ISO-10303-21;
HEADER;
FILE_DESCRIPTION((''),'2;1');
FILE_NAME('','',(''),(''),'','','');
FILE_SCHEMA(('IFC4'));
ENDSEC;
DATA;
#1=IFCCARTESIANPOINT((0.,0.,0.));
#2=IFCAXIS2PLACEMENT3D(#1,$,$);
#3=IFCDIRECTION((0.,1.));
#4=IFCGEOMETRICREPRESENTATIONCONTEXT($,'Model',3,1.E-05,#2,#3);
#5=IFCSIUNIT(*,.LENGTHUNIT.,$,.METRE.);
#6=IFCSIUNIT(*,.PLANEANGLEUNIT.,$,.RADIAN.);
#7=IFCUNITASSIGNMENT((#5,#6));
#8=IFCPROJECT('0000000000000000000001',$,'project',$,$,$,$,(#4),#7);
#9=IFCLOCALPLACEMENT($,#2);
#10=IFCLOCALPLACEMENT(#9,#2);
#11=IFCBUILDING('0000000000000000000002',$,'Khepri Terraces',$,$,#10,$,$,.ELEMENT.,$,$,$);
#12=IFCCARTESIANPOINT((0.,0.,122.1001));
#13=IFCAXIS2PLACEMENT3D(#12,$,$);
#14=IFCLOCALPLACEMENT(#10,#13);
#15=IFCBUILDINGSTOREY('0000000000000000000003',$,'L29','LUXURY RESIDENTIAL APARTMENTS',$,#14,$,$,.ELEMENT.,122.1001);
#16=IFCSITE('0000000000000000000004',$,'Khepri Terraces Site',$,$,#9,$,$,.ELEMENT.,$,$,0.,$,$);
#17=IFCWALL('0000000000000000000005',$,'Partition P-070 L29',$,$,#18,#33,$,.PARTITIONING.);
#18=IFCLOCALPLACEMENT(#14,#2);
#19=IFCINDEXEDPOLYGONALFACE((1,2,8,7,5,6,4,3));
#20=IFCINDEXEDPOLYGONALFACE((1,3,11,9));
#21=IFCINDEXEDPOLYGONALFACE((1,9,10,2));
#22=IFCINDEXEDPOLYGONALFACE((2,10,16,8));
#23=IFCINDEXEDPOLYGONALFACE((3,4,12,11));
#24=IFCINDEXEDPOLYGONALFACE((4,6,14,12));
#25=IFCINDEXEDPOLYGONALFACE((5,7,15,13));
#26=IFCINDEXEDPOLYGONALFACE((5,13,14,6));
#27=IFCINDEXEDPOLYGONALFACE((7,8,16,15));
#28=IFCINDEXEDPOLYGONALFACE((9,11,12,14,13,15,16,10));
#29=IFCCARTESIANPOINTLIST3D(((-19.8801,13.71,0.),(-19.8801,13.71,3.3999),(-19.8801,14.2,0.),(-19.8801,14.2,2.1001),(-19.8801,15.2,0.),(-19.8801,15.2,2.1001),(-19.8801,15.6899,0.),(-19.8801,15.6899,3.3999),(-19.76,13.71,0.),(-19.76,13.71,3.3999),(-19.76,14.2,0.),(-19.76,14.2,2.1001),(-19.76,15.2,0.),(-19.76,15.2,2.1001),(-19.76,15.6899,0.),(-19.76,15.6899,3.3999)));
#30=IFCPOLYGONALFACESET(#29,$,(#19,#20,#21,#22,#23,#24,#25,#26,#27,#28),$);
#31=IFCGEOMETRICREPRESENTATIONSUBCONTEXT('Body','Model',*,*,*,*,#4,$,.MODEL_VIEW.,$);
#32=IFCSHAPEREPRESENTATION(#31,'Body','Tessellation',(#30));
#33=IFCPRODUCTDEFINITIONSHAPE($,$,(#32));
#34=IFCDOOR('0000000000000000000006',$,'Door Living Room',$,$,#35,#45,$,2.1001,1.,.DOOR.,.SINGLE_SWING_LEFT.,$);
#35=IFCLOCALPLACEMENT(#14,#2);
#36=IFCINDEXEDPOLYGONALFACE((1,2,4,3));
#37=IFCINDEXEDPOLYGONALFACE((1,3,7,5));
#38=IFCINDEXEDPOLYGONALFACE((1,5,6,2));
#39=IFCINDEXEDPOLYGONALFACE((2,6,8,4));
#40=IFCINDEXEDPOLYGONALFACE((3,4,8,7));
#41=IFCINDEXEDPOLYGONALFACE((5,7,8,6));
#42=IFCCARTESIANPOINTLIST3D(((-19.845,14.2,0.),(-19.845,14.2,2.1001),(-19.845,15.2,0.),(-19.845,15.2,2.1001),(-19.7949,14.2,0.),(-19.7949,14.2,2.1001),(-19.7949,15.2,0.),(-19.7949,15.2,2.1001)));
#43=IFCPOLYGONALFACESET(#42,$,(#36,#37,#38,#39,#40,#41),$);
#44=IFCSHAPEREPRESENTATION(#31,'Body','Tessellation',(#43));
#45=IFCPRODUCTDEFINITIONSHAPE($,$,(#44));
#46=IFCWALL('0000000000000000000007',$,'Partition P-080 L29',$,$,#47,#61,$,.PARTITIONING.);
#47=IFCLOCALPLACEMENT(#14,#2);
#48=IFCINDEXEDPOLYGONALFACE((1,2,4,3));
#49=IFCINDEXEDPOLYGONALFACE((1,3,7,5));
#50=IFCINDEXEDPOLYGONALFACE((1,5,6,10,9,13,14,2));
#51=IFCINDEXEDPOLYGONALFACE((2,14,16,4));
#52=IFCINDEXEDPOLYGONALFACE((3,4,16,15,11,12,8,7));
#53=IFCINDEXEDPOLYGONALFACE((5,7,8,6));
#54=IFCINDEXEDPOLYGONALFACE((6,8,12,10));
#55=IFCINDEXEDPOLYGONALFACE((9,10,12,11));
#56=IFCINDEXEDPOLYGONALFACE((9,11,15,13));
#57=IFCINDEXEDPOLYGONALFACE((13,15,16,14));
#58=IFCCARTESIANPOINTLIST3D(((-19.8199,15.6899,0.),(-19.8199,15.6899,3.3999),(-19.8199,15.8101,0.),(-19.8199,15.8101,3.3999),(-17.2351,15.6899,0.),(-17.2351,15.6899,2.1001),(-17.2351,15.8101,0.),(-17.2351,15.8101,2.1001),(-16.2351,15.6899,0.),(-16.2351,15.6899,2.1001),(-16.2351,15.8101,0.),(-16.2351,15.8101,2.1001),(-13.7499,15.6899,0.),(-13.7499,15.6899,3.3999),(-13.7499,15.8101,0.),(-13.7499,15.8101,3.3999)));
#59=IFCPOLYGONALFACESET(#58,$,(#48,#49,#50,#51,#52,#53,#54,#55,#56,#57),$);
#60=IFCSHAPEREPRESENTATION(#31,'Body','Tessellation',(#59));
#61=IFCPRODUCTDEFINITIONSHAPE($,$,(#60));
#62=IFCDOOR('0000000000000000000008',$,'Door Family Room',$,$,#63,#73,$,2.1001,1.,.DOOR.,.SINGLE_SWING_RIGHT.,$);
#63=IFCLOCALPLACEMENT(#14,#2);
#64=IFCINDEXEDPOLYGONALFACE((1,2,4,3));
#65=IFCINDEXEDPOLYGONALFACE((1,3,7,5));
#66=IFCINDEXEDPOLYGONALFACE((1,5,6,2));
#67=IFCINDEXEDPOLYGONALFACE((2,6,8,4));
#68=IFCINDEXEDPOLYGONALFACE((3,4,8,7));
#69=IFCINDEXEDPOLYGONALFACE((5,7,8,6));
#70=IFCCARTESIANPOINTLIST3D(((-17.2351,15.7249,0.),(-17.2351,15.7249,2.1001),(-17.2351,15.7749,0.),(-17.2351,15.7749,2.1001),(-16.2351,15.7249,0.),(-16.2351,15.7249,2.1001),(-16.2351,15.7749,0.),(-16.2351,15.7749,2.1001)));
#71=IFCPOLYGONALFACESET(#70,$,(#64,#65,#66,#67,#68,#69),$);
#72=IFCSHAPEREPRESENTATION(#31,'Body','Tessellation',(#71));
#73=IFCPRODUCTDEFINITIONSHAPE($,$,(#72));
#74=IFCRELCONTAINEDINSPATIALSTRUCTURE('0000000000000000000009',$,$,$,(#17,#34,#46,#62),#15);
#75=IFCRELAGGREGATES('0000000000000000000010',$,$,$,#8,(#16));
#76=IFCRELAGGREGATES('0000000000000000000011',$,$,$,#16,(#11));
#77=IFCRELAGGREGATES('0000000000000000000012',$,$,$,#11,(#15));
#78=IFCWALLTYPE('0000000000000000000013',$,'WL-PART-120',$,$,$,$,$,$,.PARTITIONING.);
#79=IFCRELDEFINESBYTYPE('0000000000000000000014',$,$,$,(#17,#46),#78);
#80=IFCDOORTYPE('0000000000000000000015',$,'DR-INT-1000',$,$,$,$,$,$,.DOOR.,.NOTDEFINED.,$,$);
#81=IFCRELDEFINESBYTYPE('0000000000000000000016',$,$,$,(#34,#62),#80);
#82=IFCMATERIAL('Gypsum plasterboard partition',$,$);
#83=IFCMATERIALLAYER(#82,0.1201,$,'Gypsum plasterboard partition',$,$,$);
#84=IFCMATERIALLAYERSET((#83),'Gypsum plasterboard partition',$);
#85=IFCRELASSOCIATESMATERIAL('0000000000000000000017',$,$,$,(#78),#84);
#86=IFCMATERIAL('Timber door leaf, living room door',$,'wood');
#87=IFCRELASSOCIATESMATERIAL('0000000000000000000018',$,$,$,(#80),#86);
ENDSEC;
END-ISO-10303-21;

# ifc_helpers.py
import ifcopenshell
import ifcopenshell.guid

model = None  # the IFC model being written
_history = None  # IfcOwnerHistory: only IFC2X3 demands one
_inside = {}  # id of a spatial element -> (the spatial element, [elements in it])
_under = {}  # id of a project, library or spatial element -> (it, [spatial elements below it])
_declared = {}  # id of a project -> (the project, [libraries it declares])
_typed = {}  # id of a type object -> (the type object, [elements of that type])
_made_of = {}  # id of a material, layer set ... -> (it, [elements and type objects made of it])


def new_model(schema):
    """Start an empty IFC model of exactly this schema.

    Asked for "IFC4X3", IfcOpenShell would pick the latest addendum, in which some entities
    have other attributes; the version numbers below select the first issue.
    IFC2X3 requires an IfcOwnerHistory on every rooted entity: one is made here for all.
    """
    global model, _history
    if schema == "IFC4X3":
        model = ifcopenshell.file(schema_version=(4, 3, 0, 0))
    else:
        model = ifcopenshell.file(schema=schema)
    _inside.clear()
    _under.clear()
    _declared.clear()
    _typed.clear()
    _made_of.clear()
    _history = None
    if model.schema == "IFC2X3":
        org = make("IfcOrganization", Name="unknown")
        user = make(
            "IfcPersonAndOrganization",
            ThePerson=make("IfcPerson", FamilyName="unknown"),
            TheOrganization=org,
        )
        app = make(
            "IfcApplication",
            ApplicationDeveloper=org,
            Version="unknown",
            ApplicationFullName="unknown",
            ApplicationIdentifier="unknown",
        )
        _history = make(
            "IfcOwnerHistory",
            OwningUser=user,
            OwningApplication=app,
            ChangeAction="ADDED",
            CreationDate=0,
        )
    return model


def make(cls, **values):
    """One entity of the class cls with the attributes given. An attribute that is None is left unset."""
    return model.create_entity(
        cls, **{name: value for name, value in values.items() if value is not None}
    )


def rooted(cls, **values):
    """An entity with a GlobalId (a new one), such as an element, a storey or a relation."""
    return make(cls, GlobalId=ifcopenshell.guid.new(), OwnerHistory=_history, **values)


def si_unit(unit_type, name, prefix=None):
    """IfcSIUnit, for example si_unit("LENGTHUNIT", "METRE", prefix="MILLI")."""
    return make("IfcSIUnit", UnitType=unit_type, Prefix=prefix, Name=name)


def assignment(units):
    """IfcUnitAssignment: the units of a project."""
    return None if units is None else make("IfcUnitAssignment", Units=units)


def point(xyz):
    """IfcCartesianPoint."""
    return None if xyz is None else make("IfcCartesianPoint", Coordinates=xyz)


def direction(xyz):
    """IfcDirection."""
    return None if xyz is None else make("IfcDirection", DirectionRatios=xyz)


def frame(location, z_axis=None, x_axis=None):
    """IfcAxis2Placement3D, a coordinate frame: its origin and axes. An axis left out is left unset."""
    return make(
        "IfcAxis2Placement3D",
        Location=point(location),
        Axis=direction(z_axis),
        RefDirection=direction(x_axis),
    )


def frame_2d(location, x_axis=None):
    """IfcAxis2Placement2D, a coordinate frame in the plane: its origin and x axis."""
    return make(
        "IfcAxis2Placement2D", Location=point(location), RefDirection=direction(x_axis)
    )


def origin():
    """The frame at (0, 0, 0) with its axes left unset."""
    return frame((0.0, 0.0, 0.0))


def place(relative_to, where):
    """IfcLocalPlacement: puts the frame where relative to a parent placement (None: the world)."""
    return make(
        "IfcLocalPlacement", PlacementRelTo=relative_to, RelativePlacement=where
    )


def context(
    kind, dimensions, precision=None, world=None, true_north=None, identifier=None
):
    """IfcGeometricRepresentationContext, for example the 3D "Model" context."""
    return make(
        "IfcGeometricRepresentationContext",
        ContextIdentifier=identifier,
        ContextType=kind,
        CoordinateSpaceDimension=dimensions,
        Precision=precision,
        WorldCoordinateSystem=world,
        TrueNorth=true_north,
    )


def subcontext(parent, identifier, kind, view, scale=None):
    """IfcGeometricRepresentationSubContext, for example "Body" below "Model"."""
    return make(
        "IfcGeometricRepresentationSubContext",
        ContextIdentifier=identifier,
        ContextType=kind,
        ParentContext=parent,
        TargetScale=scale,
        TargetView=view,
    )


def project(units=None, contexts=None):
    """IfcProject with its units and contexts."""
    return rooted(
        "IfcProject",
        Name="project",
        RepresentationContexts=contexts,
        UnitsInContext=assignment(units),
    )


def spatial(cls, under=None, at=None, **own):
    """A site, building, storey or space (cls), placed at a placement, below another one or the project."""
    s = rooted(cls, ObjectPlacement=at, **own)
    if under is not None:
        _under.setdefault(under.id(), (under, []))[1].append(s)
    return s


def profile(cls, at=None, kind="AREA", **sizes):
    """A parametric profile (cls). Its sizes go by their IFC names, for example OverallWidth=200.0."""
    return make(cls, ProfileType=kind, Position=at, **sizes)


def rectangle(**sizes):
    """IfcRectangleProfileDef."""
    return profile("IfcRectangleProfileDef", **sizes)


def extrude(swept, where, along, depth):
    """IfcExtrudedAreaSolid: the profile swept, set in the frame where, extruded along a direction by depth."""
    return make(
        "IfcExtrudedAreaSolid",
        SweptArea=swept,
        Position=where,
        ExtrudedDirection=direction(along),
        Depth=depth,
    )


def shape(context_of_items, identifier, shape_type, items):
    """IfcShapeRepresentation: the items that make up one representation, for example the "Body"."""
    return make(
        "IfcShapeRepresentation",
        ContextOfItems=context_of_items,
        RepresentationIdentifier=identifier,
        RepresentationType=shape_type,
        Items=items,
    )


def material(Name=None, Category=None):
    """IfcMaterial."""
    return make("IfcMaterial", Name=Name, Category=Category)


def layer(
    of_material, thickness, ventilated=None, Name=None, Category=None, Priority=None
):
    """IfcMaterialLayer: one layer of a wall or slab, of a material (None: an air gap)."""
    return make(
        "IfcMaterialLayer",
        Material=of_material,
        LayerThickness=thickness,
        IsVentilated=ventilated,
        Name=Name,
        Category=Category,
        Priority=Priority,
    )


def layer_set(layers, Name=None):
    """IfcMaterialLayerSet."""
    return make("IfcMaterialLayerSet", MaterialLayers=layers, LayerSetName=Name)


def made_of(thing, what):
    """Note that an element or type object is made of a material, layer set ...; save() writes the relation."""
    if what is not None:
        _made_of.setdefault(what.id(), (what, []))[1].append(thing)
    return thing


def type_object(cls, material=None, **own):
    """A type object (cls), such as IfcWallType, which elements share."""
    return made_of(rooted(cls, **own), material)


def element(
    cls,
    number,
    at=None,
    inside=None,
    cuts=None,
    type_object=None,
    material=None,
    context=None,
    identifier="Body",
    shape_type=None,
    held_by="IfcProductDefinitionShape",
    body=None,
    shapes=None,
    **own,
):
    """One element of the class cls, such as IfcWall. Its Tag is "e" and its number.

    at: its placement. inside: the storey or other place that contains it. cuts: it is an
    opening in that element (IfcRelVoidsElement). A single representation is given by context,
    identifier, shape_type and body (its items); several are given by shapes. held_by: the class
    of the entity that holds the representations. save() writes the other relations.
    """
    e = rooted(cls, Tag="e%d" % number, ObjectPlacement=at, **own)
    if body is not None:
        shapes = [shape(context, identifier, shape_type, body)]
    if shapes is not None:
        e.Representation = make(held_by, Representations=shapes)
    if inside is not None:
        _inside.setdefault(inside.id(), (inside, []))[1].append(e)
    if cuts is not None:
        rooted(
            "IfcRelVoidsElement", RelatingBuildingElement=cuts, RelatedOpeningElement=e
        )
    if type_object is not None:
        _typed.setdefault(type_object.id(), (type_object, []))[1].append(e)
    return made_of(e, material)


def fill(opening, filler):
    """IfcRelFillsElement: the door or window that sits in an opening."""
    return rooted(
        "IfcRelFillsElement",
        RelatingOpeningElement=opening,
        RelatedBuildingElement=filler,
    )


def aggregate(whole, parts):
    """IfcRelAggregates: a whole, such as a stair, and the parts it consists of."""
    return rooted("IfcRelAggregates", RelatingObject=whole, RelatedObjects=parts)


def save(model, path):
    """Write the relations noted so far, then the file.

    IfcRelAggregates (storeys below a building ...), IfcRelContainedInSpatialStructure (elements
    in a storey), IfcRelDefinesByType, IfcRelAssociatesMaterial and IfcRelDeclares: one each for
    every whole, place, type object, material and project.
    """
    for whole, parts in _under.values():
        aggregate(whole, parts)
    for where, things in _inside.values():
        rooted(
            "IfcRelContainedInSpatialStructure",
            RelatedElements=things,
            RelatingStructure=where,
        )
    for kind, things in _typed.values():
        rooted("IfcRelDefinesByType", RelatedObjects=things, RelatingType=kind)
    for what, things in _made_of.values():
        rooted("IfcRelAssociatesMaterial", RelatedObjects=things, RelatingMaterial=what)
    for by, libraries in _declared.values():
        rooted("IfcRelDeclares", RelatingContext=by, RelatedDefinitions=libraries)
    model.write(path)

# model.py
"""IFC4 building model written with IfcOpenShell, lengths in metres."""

from ifc_helpers import new_model, si_unit, direction, frame, frame_2d, origin, place, context, subcontext, project, spatial, rectangle, extrude, material, layer, layer_set, type_object, element, fill, save


model = new_model("IFC4")

# Units and contexts
model_context = context("Model", 3, precision=1e-05, world=origin(), true_north=direction((0.0, 1.0)))
body_context = subcontext(model_context, "Body", "Model", "MODEL_VIEW")
ifc_project = project(units=[si_unit("LENGTHUNIT", "METRE"), si_unit("PLANEANGLEUNIT", "RADIAN")], contexts=[model_context])

# Site, building, storey
site_placement = place(None, origin())
site = spatial("IfcSite", under=ifc_project, at=site_placement, Name="Khepri Terraces Site", CompositionType="ELEMENT", RefElevation=0.0)
building_placement = place(site_placement, origin())
building = spatial("IfcBuilding", under=site, at=building_placement, Name="Khepri Terraces", CompositionType="ELEMENT")
storey_placement = place(building_placement, frame((0.0, 0.0, 122.1001)))
storey = spatial("IfcBuildingStorey", under=building, at=storey_placement, Name="L29", Description="LUXURY RESIDENTIAL APARTMENTS", CompositionType="ELEMENT", Elevation=122.1001)

# Shared definitions
ifc_material_1 = material(Name="Gypsum plasterboard partition")
ifc_layer_1 = layer(ifc_material_1, 0.1201, Name="Gypsum plasterboard partition")
ifc_layer_set_1 = layer_set([ifc_layer_1], Name="Gypsum plasterboard partition")
wall_type_1 = type_object("IfcWallType", Name="WL-PART-120", PredefinedType="PARTITIONING", material=ifc_layer_set_1)

# Walls, openings, doors
wall_1_placement = place(storey_placement, frame((-19.8201, 13.71, 0.0), z_axis=(0.0, 0.0, 1.0), x_axis=(0.0, 1.0, 0.0)))
wall_1 = element("IfcWall", 1, at=wall_1_placement, inside=storey, type_object=wall_type_1, Name="Partition P-070 L29", PredefinedType="PARTITIONING", context=body_context, shape_type="SweptSolid", body=[
    extrude(rectangle(XDim=1.98, YDim=0.1201, at=frame_2d((0.99, 0.0))), origin(), (0.0, 0.0, 1.0), 3.3999),
])
opening_1_placement = place(wall_1_placement, frame((0.49, 0.0, 0.0)))
opening_1 = element("IfcOpeningElement", 2, at=opening_1_placement, cuts=wall_1, PredefinedType="OPENING", context=body_context, shape_type="SweptSolid", body=[
    extrude(rectangle(XDim=1.0, YDim=2.1001, at=frame_2d((0.5, 1.05))), frame((0.0, 0.0701, 0.0), z_axis=(0.0, -1.0, 0.0), x_axis=(1.0, 0.0, 0.0)), (0.0, 0.0, 1.0), 0.1401),
])
ifc_material_2 = material(Name="Timber door leaf, living room door", Category="wood")
door_type_1 = type_object("IfcDoorType", Name="DR-INT-1000", OperationType="NOTDEFINED", PredefinedType="DOOR", material=ifc_material_2)
door_1_placement = place(opening_1_placement, origin())
door_1 = element("IfcDoor", 3, at=door_1_placement, inside=storey, type_object=door_type_1, Name="Door Living Room", OperationType="SINGLE_SWING_LEFT", OverallHeight=2.1001, OverallWidth=1.0, PredefinedType="DOOR", context=body_context, shape_type="SweptSolid", body=[
    extrude(rectangle(XDim=1.0, YDim=2.1001, at=frame_2d((0.5, 1.05))), frame((0.0, 0.0249, 0.0), z_axis=(0.0, -1.0, 0.0), x_axis=(1.0, 0.0, 0.0)), (0.0, 0.0, 1.0), 0.05),
])
fill(opening_1, door_1)
wall_2_placement = place(storey_placement, frame((-19.8201, 15.75, 0.0), z_axis=(0.0, 0.0, 1.0), x_axis=(1.0, 0.0, 0.0)))
wall_2 = element("IfcWall", 4, at=wall_2_placement, inside=storey, type_object=wall_type_1, Name="Partition P-080 L29", PredefinedType="PARTITIONING", context=body_context, shape_type="SweptSolid", body=[
    extrude(rectangle(XDim=6.0701, YDim=0.1201, at=frame_2d((3.0352, 0.0))), origin(), (0.0, 0.0, 1.0), 3.3999),
])
opening_2_placement = place(wall_2_placement, frame((2.585, 0.0, 0.0)))
opening_2 = element("IfcOpeningElement", 5, at=opening_2_placement, cuts=wall_2, PredefinedType="OPENING", context=body_context, shape_type="SweptSolid", body=[
    extrude(rectangle(XDim=1.0, YDim=2.1001, at=frame_2d((0.5, 1.05))), frame((0.0, 0.0701, 0.0), z_axis=(0.0, -1.0, 0.0), x_axis=(1.0, 0.0, 0.0)), (0.0, 0.0, 1.0), 0.1401),
])
door_2_placement = place(opening_2_placement, origin())
door_2 = element("IfcDoor", 6, at=door_2_placement, inside=storey, type_object=door_type_1, Name="Door Family Room", OperationType="SINGLE_SWING_RIGHT", OverallHeight=2.1001, OverallWidth=1.0, PredefinedType="DOOR", context=body_context, shape_type="SweptSolid", body=[
    extrude(rectangle(XDim=1.0, YDim=2.1001, at=frame_2d((0.5, 1.05))), frame((0.0, 0.0249, 0.0), z_axis=(0.0, -1.0, 0.0), x_axis=(1.0, 0.0, 0.0)), (0.0, 0.0, 1.0), 0.05),
])
fill(opening_2, door_2)

save(model, "model.ifc")
